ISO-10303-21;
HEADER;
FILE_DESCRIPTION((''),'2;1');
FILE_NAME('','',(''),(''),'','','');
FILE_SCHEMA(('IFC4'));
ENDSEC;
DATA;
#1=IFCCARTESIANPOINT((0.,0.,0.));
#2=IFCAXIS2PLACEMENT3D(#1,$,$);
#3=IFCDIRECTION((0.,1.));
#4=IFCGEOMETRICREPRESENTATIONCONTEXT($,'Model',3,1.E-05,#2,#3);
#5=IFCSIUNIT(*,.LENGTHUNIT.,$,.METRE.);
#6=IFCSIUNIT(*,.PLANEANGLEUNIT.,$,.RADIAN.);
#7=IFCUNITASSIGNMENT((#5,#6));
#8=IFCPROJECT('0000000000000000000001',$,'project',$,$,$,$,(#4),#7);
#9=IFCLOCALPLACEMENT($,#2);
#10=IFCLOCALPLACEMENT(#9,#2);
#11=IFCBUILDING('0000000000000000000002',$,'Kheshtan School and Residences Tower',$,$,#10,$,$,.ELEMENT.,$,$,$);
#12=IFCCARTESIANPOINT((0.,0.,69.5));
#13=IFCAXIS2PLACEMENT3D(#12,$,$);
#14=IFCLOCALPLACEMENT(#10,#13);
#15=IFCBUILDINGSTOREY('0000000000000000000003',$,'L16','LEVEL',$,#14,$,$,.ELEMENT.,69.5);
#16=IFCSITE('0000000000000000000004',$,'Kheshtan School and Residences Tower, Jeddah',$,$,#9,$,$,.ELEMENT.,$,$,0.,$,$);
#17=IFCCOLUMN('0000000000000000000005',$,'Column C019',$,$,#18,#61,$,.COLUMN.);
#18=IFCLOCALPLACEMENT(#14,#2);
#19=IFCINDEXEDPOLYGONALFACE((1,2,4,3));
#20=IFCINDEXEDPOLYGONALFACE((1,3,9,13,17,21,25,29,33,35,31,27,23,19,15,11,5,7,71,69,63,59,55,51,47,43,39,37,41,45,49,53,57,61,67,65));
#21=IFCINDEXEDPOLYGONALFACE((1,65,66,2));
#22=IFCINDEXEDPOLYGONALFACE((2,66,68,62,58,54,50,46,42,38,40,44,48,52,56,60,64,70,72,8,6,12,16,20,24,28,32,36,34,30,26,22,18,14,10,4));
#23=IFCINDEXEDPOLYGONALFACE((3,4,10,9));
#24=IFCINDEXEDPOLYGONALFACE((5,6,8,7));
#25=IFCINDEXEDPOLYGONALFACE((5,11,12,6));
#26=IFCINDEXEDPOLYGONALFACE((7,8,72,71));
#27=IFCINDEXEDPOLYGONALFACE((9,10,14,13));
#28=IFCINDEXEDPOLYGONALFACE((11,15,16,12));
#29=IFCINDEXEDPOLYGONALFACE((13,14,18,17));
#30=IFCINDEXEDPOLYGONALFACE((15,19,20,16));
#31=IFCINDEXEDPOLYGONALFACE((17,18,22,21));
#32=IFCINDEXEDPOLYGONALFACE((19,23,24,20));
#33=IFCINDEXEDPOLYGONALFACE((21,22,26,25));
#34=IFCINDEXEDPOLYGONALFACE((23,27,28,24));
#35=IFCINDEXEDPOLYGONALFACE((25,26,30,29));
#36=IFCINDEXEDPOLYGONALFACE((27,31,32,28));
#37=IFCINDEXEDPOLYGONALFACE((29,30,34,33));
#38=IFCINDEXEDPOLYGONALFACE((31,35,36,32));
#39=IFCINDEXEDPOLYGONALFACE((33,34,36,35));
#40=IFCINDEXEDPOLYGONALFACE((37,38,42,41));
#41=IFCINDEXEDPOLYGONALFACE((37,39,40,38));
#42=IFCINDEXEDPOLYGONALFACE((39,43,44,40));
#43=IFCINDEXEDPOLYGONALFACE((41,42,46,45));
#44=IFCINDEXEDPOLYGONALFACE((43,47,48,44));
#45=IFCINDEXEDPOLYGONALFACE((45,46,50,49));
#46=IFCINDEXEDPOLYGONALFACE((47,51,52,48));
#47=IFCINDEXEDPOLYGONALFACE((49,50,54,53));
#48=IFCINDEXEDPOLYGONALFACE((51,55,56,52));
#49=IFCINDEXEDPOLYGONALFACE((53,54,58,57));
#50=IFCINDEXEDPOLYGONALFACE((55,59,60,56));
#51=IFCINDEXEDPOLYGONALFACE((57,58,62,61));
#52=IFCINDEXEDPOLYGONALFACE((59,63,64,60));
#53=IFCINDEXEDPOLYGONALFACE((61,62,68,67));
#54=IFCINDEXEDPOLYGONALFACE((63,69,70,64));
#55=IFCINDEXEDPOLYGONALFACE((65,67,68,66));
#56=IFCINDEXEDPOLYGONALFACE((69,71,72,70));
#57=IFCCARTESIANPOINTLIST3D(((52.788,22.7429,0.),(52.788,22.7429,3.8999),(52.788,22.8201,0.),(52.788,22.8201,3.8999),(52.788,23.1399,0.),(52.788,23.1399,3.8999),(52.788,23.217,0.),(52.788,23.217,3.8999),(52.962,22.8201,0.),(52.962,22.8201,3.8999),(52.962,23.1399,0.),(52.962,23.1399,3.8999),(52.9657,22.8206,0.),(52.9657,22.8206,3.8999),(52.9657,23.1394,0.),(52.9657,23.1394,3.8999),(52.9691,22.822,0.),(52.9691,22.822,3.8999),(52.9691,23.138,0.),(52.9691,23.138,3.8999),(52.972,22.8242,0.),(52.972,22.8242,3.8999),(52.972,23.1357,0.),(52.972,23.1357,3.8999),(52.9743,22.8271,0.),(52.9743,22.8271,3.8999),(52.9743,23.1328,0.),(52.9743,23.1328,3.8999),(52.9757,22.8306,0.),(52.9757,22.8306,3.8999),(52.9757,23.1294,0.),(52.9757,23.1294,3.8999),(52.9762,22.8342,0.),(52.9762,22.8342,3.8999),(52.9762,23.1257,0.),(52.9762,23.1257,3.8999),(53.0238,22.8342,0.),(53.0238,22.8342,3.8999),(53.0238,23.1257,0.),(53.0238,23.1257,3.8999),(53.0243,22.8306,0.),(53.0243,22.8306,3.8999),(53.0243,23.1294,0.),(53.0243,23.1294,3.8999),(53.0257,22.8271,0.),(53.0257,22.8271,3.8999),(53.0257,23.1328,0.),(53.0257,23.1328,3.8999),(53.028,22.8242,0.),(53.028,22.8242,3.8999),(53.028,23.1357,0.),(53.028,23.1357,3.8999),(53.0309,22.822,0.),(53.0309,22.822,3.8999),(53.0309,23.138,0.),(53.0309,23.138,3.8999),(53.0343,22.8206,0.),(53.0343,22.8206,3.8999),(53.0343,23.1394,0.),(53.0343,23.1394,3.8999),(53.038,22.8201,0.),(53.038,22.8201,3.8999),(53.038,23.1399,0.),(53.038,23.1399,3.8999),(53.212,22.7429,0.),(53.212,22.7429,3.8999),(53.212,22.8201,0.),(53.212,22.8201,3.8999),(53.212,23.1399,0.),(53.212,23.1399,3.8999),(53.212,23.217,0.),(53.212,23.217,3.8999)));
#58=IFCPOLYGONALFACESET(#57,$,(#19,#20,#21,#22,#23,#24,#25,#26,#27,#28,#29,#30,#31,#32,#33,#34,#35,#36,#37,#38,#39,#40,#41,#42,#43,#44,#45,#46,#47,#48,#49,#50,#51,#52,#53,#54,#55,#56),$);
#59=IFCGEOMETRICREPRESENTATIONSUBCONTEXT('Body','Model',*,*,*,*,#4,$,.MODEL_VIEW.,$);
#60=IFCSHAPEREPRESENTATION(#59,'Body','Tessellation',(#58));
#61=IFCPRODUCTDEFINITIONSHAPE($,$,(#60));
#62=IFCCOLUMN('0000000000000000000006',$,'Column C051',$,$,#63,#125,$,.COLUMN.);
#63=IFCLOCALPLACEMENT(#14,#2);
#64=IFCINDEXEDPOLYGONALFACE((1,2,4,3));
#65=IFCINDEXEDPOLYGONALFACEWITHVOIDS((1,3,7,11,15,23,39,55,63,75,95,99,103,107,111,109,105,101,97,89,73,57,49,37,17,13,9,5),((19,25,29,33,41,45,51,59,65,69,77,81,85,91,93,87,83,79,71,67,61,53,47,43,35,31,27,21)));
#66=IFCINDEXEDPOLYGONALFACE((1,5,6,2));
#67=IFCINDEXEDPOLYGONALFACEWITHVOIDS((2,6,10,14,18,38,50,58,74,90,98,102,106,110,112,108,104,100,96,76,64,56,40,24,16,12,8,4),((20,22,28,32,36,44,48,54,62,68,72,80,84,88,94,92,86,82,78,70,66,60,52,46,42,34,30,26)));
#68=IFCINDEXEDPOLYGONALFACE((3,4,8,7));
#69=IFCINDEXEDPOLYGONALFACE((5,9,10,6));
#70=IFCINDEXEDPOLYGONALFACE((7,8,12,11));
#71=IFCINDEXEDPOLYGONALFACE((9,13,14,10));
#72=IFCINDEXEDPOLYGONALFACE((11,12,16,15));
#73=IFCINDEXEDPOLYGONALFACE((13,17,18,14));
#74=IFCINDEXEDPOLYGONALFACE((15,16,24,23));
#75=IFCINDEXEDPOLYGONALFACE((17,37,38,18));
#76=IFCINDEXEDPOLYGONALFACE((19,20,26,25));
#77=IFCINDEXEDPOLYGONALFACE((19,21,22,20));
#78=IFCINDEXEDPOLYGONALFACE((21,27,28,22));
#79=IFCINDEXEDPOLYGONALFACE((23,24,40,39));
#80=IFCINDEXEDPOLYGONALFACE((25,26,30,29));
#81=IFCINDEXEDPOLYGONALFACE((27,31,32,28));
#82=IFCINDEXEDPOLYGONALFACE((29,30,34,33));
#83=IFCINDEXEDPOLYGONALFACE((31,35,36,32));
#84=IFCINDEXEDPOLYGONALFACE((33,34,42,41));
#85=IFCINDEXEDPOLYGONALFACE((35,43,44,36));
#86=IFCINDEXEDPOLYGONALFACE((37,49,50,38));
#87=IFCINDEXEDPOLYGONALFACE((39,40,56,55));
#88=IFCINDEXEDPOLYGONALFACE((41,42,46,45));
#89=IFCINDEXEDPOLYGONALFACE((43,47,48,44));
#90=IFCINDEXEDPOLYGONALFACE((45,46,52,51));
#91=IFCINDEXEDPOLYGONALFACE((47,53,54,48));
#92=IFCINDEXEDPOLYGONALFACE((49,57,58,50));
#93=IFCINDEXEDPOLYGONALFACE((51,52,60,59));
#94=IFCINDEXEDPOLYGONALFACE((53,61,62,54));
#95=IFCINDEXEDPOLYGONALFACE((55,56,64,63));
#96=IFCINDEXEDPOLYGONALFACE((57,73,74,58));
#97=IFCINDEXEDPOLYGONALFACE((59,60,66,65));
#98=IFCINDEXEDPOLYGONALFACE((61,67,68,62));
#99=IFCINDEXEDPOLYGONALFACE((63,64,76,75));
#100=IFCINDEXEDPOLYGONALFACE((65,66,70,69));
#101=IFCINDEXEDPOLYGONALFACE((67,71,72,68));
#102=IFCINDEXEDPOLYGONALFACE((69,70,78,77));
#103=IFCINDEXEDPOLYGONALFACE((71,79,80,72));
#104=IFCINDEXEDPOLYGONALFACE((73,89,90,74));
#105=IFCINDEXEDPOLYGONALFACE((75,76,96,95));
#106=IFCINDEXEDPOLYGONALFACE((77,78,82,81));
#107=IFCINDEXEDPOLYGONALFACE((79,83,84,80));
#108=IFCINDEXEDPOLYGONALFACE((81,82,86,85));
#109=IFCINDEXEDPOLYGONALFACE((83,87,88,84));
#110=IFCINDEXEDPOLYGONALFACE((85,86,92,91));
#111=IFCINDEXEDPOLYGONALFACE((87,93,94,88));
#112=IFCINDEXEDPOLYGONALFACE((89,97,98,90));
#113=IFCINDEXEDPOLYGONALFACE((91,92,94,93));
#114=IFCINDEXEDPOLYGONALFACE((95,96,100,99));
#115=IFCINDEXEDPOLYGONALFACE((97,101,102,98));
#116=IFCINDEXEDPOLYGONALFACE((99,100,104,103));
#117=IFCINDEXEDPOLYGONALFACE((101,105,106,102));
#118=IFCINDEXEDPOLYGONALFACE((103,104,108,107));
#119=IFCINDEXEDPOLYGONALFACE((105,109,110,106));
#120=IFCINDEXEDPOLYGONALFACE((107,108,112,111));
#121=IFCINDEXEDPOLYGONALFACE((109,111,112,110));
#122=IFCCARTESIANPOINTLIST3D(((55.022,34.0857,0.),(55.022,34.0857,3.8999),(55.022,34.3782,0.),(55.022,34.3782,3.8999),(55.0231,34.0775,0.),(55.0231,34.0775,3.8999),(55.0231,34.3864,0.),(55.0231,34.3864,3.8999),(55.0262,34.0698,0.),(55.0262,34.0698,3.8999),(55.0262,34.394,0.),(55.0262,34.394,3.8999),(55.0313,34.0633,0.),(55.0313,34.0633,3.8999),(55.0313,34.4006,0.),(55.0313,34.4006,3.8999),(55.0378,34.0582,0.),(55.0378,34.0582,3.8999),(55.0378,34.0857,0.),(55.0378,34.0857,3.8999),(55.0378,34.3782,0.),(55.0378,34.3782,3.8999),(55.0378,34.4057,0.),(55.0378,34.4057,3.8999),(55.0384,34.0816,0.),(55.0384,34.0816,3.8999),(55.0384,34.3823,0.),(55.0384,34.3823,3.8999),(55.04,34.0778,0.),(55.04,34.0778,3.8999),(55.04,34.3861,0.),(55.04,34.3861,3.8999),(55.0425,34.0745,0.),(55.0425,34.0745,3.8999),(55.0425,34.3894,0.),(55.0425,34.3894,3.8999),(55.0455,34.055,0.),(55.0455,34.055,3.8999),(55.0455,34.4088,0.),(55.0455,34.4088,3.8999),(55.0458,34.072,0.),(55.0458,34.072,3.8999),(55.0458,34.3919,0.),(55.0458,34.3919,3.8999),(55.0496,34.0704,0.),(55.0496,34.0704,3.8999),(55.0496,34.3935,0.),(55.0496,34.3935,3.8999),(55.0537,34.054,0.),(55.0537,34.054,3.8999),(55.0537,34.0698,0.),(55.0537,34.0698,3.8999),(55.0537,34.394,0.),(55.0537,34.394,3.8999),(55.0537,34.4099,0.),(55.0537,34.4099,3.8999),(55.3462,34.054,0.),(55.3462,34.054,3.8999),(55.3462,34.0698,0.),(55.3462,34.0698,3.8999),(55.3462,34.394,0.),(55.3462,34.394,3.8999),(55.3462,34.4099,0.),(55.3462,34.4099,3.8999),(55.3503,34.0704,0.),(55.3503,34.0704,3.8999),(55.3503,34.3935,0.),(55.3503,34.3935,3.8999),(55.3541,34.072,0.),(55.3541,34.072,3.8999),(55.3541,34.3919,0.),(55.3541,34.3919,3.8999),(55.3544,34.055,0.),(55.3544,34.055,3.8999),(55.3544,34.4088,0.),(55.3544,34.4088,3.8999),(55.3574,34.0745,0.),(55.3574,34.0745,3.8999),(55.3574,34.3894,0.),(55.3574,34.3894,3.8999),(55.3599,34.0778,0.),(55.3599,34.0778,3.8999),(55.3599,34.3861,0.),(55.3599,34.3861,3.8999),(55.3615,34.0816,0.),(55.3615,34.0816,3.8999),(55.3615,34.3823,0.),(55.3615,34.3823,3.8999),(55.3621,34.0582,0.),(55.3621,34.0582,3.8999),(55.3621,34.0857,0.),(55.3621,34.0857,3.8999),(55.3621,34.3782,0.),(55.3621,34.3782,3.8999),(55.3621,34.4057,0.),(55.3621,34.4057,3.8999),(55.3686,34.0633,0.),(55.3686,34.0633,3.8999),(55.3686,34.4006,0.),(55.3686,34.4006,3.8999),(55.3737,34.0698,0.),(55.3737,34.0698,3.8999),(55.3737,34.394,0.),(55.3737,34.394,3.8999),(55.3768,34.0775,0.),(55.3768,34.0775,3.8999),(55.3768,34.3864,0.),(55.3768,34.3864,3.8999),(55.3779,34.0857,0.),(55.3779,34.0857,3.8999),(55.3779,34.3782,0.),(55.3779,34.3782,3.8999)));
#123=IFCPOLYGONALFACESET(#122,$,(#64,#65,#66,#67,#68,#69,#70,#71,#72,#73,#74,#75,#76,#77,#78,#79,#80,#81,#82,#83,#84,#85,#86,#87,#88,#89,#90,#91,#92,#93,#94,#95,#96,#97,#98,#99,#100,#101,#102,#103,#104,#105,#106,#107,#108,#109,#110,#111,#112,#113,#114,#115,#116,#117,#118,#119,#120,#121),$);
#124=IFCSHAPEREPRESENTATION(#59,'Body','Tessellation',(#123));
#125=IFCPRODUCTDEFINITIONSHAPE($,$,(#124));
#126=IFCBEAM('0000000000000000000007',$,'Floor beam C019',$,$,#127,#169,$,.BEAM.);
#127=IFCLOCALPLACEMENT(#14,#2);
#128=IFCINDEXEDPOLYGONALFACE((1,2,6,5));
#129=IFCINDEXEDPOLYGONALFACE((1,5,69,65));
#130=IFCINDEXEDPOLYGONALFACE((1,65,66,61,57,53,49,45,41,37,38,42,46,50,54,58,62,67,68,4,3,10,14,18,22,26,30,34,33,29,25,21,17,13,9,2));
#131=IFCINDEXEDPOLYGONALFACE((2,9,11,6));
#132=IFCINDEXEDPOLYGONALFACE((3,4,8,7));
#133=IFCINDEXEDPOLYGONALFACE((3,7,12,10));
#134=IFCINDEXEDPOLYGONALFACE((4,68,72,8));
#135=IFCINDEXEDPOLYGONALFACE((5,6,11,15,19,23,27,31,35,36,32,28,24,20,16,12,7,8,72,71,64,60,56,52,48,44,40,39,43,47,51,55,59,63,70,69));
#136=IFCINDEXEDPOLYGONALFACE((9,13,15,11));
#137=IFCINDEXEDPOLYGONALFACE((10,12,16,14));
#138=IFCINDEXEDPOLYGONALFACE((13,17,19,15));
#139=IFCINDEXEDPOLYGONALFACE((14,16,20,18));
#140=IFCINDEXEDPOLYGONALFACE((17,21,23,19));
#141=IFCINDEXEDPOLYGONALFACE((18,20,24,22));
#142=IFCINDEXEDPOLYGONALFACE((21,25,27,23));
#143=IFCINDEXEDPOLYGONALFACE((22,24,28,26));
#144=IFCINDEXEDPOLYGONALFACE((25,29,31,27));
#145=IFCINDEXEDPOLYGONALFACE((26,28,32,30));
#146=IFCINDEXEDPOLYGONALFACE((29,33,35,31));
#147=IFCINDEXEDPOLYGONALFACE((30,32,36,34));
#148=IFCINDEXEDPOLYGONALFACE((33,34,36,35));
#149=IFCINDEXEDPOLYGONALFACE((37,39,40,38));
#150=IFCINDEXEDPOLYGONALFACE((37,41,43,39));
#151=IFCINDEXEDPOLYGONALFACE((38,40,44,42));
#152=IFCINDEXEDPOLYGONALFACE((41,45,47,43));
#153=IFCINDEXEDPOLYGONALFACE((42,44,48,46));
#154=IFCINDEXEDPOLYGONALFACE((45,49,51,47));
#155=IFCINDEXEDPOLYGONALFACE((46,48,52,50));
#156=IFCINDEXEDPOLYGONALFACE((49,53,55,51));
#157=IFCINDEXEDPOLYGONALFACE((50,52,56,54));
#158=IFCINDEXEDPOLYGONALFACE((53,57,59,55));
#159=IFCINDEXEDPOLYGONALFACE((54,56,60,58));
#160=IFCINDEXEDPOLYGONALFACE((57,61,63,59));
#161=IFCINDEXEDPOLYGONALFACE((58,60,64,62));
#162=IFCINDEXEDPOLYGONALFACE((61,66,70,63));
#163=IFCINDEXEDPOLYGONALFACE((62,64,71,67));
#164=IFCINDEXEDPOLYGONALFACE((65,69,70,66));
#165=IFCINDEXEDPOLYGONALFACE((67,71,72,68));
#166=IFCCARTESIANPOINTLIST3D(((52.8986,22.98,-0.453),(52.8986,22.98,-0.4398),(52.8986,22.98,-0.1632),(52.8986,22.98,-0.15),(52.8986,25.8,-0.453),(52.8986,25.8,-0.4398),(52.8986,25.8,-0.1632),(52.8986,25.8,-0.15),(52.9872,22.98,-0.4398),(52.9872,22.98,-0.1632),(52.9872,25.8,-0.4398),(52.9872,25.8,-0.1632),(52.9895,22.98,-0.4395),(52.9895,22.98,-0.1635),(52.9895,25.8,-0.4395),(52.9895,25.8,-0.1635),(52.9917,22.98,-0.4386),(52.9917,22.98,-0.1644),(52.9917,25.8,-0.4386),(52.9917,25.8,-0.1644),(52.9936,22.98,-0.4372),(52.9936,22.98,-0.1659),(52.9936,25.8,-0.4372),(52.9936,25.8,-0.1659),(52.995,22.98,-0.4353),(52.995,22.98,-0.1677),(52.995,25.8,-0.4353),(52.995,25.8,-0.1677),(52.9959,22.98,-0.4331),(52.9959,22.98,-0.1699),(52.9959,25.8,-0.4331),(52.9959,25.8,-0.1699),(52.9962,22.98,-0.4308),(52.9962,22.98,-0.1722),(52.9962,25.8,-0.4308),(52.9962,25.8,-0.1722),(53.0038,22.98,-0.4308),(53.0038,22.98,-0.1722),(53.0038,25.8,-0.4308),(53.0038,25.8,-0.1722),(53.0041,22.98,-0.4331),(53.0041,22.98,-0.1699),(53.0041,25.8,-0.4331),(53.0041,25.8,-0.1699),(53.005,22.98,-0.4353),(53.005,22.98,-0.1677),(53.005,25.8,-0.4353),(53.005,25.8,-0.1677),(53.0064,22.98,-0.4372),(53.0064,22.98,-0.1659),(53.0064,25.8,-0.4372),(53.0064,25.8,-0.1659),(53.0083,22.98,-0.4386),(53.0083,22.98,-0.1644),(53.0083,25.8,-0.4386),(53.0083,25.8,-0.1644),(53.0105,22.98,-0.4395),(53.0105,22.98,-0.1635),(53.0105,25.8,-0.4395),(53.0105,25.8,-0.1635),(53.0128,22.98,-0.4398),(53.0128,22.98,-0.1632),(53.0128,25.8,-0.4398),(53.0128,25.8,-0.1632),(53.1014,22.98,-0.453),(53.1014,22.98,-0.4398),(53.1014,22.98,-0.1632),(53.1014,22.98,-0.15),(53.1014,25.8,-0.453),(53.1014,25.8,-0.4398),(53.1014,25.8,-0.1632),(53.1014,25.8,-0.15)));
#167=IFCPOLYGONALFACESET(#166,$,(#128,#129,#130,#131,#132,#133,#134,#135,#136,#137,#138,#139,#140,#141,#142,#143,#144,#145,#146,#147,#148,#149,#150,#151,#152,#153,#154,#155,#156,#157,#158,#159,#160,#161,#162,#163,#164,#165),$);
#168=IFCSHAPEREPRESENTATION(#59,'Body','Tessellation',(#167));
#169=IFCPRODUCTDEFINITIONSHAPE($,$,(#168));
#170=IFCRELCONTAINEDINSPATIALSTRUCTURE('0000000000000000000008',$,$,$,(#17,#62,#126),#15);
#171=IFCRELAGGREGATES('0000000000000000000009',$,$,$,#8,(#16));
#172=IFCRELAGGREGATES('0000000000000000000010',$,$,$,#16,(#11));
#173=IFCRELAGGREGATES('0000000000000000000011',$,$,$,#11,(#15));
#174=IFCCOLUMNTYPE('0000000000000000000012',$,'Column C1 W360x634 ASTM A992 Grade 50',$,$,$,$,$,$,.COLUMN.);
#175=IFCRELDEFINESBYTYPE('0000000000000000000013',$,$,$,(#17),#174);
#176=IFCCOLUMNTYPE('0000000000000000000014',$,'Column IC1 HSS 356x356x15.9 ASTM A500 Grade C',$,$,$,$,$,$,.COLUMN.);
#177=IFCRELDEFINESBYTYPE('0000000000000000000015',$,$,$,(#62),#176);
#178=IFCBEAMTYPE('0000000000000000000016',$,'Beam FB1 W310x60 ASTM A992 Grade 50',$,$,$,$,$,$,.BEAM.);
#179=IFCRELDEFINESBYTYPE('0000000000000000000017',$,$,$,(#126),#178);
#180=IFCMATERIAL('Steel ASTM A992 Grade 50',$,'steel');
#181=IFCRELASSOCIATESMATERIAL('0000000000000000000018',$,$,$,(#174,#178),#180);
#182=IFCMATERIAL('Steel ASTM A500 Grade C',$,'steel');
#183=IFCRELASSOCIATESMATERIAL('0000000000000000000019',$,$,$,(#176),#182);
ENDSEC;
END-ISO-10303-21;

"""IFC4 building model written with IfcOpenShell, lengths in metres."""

from ifc_helpers import new_model, si_unit, direction, frame, origin, origin_2d, place, context, subcontext, project, spatial, hollow_rectangle, i_section, extrude, material, material_profile, profile_set, type_object, element, save


model = new_model("IFC4")

# Units and contexts
model_context = context("Model", 3, precision=1e-05, world=origin(), true_north=direction((0.0, 1.0)))
body_context = subcontext(model_context, "Body", "Model", "MODEL_VIEW")
ifc_project = project(units=[si_unit("LENGTHUNIT", "METRE"), si_unit("PLANEANGLEUNIT", "RADIAN")], contexts=[model_context])

# Site, building, storey
site_placement = place(None, origin())
site = spatial("IfcSite", under=ifc_project, at=site_placement, Name="Kheshtan School and Residences Tower, Jeddah", CompositionType="ELEMENT", RefElevation=0.0)
building_placement = place(site_placement, origin())
building = spatial("IfcBuilding", under=site, at=building_placement, Name="Kheshtan School and Residences Tower", CompositionType="ELEMENT")
storey_placement = place(building_placement, frame((0.0, 0.0, 69.5)))
storey = spatial("IfcBuildingStorey", under=building, at=storey_placement, Name="L16", Description="LEVEL", CompositionType="ELEMENT", Elevation=69.5)

# Columns
ifc_material_1 = material(Name="Steel ASTM A992 Grade 50", Category="steel")
ifc_material_profile_1 = material_profile(ifc_material_1, i_section(OverallWidth=0.4241, OverallDepth=0.4741, WebThickness=0.0476, FlangeThickness=0.0771, FilletRadius=0.0142, at=origin_2d()), Name="W360x634")
ifc_profile_set_1 = profile_set([ifc_material_profile_1], Name="Steel ASTM A992 Grade 50")
column_type_1 = type_object("IfcColumnType", Name="Column C1 W360x634 ASTM A992 Grade 50", PredefinedType="COLUMN", material=ifc_profile_set_1)
column_1_placement = place(storey_placement, frame((53.0, 22.98, 0.0), z_axis=(0.0, 0.0, 1.0), x_axis=(1.0, 0.0, 0.0)))
element("IfcColumn", 1, at=column_1_placement, inside=storey, type_object=column_type_1, Name="Column C019", PredefinedType="COLUMN", context=body_context, shape_type="SweptSolid", body=[
    extrude(i_section(OverallWidth=0.4241, OverallDepth=0.4741, WebThickness=0.0476, FlangeThickness=0.0771, FilletRadius=0.0142, at=origin_2d()), origin(), (0.0, 0.0, 1.0), 3.8999),
])
ifc_material_2 = material(Name="Steel ASTM A500 Grade C", Category="steel")
ifc_material_profile_2 = material_profile(ifc_material_2, hollow_rectangle(XDim=0.356, YDim=0.356, WallThickness=0.0159, InnerFilletRadius=0.0159, OuterFilletRadius=0.0317, at=origin_2d()), Name="HSS 356x356x15.9")
ifc_profile_set_2 = profile_set([ifc_material_profile_2], Name="Steel ASTM A500 Grade C")
column_type_2 = type_object("IfcColumnType", Name="Column IC1 HSS 356x356x15.9 ASTM A500 Grade C", PredefinedType="COLUMN", material=ifc_profile_set_2)
column_2_placement = place(storey_placement, frame((55.2, 34.2319, 0.0), z_axis=(0.0, 0.0, 1.0), x_axis=(1.0, 0.0, 0.0)))
element("IfcColumn", 2, at=column_2_placement, inside=storey, type_object=column_type_2, Name="Column C051", PredefinedType="COLUMN", context=body_context, shape_type="SweptSolid", body=[
    extrude(hollow_rectangle(XDim=0.356, YDim=0.356, WallThickness=0.0159, InnerFilletRadius=0.0159, OuterFilletRadius=0.0317, at=origin_2d()), origin(), (0.0, 0.0, 1.0), 3.8999),
])

# Beam
ifc_material_profile_3 = material_profile(ifc_material_1, i_section(OverallWidth=0.2029, OverallDepth=0.303, WebThickness=0.0076, FlangeThickness=0.0132, FilletRadius=0.009, at=origin_2d()), Name="W310x60")
ifc_profile_set_3 = profile_set([ifc_material_profile_3], Name="Steel ASTM A992 Grade 50")
beam_type_1 = type_object("IfcBeamType", Name="Beam FB1 W310x60 ASTM A992 Grade 50", PredefinedType="BEAM", material=ifc_profile_set_3)
beam_1_placement = place(storey_placement, frame((53.0, 22.98, -0.3015), z_axis=(0.0, 1.0, 0.0), x_axis=(-1.0, 0.0, 0.0)))
element("IfcBeam", 3, at=beam_1_placement, inside=storey, type_object=beam_type_1, Name="Floor beam C019", PredefinedType="BEAM", context=body_context, shape_type="SweptSolid", body=[
    extrude(i_section(OverallWidth=0.2029, OverallDepth=0.303, WebThickness=0.0076, FlangeThickness=0.0132, FilletRadius=0.009, at=origin_2d()), origin(), (0.0, 0.0, 1.0), 2.8201),
])

save(model, "model.ifc")
